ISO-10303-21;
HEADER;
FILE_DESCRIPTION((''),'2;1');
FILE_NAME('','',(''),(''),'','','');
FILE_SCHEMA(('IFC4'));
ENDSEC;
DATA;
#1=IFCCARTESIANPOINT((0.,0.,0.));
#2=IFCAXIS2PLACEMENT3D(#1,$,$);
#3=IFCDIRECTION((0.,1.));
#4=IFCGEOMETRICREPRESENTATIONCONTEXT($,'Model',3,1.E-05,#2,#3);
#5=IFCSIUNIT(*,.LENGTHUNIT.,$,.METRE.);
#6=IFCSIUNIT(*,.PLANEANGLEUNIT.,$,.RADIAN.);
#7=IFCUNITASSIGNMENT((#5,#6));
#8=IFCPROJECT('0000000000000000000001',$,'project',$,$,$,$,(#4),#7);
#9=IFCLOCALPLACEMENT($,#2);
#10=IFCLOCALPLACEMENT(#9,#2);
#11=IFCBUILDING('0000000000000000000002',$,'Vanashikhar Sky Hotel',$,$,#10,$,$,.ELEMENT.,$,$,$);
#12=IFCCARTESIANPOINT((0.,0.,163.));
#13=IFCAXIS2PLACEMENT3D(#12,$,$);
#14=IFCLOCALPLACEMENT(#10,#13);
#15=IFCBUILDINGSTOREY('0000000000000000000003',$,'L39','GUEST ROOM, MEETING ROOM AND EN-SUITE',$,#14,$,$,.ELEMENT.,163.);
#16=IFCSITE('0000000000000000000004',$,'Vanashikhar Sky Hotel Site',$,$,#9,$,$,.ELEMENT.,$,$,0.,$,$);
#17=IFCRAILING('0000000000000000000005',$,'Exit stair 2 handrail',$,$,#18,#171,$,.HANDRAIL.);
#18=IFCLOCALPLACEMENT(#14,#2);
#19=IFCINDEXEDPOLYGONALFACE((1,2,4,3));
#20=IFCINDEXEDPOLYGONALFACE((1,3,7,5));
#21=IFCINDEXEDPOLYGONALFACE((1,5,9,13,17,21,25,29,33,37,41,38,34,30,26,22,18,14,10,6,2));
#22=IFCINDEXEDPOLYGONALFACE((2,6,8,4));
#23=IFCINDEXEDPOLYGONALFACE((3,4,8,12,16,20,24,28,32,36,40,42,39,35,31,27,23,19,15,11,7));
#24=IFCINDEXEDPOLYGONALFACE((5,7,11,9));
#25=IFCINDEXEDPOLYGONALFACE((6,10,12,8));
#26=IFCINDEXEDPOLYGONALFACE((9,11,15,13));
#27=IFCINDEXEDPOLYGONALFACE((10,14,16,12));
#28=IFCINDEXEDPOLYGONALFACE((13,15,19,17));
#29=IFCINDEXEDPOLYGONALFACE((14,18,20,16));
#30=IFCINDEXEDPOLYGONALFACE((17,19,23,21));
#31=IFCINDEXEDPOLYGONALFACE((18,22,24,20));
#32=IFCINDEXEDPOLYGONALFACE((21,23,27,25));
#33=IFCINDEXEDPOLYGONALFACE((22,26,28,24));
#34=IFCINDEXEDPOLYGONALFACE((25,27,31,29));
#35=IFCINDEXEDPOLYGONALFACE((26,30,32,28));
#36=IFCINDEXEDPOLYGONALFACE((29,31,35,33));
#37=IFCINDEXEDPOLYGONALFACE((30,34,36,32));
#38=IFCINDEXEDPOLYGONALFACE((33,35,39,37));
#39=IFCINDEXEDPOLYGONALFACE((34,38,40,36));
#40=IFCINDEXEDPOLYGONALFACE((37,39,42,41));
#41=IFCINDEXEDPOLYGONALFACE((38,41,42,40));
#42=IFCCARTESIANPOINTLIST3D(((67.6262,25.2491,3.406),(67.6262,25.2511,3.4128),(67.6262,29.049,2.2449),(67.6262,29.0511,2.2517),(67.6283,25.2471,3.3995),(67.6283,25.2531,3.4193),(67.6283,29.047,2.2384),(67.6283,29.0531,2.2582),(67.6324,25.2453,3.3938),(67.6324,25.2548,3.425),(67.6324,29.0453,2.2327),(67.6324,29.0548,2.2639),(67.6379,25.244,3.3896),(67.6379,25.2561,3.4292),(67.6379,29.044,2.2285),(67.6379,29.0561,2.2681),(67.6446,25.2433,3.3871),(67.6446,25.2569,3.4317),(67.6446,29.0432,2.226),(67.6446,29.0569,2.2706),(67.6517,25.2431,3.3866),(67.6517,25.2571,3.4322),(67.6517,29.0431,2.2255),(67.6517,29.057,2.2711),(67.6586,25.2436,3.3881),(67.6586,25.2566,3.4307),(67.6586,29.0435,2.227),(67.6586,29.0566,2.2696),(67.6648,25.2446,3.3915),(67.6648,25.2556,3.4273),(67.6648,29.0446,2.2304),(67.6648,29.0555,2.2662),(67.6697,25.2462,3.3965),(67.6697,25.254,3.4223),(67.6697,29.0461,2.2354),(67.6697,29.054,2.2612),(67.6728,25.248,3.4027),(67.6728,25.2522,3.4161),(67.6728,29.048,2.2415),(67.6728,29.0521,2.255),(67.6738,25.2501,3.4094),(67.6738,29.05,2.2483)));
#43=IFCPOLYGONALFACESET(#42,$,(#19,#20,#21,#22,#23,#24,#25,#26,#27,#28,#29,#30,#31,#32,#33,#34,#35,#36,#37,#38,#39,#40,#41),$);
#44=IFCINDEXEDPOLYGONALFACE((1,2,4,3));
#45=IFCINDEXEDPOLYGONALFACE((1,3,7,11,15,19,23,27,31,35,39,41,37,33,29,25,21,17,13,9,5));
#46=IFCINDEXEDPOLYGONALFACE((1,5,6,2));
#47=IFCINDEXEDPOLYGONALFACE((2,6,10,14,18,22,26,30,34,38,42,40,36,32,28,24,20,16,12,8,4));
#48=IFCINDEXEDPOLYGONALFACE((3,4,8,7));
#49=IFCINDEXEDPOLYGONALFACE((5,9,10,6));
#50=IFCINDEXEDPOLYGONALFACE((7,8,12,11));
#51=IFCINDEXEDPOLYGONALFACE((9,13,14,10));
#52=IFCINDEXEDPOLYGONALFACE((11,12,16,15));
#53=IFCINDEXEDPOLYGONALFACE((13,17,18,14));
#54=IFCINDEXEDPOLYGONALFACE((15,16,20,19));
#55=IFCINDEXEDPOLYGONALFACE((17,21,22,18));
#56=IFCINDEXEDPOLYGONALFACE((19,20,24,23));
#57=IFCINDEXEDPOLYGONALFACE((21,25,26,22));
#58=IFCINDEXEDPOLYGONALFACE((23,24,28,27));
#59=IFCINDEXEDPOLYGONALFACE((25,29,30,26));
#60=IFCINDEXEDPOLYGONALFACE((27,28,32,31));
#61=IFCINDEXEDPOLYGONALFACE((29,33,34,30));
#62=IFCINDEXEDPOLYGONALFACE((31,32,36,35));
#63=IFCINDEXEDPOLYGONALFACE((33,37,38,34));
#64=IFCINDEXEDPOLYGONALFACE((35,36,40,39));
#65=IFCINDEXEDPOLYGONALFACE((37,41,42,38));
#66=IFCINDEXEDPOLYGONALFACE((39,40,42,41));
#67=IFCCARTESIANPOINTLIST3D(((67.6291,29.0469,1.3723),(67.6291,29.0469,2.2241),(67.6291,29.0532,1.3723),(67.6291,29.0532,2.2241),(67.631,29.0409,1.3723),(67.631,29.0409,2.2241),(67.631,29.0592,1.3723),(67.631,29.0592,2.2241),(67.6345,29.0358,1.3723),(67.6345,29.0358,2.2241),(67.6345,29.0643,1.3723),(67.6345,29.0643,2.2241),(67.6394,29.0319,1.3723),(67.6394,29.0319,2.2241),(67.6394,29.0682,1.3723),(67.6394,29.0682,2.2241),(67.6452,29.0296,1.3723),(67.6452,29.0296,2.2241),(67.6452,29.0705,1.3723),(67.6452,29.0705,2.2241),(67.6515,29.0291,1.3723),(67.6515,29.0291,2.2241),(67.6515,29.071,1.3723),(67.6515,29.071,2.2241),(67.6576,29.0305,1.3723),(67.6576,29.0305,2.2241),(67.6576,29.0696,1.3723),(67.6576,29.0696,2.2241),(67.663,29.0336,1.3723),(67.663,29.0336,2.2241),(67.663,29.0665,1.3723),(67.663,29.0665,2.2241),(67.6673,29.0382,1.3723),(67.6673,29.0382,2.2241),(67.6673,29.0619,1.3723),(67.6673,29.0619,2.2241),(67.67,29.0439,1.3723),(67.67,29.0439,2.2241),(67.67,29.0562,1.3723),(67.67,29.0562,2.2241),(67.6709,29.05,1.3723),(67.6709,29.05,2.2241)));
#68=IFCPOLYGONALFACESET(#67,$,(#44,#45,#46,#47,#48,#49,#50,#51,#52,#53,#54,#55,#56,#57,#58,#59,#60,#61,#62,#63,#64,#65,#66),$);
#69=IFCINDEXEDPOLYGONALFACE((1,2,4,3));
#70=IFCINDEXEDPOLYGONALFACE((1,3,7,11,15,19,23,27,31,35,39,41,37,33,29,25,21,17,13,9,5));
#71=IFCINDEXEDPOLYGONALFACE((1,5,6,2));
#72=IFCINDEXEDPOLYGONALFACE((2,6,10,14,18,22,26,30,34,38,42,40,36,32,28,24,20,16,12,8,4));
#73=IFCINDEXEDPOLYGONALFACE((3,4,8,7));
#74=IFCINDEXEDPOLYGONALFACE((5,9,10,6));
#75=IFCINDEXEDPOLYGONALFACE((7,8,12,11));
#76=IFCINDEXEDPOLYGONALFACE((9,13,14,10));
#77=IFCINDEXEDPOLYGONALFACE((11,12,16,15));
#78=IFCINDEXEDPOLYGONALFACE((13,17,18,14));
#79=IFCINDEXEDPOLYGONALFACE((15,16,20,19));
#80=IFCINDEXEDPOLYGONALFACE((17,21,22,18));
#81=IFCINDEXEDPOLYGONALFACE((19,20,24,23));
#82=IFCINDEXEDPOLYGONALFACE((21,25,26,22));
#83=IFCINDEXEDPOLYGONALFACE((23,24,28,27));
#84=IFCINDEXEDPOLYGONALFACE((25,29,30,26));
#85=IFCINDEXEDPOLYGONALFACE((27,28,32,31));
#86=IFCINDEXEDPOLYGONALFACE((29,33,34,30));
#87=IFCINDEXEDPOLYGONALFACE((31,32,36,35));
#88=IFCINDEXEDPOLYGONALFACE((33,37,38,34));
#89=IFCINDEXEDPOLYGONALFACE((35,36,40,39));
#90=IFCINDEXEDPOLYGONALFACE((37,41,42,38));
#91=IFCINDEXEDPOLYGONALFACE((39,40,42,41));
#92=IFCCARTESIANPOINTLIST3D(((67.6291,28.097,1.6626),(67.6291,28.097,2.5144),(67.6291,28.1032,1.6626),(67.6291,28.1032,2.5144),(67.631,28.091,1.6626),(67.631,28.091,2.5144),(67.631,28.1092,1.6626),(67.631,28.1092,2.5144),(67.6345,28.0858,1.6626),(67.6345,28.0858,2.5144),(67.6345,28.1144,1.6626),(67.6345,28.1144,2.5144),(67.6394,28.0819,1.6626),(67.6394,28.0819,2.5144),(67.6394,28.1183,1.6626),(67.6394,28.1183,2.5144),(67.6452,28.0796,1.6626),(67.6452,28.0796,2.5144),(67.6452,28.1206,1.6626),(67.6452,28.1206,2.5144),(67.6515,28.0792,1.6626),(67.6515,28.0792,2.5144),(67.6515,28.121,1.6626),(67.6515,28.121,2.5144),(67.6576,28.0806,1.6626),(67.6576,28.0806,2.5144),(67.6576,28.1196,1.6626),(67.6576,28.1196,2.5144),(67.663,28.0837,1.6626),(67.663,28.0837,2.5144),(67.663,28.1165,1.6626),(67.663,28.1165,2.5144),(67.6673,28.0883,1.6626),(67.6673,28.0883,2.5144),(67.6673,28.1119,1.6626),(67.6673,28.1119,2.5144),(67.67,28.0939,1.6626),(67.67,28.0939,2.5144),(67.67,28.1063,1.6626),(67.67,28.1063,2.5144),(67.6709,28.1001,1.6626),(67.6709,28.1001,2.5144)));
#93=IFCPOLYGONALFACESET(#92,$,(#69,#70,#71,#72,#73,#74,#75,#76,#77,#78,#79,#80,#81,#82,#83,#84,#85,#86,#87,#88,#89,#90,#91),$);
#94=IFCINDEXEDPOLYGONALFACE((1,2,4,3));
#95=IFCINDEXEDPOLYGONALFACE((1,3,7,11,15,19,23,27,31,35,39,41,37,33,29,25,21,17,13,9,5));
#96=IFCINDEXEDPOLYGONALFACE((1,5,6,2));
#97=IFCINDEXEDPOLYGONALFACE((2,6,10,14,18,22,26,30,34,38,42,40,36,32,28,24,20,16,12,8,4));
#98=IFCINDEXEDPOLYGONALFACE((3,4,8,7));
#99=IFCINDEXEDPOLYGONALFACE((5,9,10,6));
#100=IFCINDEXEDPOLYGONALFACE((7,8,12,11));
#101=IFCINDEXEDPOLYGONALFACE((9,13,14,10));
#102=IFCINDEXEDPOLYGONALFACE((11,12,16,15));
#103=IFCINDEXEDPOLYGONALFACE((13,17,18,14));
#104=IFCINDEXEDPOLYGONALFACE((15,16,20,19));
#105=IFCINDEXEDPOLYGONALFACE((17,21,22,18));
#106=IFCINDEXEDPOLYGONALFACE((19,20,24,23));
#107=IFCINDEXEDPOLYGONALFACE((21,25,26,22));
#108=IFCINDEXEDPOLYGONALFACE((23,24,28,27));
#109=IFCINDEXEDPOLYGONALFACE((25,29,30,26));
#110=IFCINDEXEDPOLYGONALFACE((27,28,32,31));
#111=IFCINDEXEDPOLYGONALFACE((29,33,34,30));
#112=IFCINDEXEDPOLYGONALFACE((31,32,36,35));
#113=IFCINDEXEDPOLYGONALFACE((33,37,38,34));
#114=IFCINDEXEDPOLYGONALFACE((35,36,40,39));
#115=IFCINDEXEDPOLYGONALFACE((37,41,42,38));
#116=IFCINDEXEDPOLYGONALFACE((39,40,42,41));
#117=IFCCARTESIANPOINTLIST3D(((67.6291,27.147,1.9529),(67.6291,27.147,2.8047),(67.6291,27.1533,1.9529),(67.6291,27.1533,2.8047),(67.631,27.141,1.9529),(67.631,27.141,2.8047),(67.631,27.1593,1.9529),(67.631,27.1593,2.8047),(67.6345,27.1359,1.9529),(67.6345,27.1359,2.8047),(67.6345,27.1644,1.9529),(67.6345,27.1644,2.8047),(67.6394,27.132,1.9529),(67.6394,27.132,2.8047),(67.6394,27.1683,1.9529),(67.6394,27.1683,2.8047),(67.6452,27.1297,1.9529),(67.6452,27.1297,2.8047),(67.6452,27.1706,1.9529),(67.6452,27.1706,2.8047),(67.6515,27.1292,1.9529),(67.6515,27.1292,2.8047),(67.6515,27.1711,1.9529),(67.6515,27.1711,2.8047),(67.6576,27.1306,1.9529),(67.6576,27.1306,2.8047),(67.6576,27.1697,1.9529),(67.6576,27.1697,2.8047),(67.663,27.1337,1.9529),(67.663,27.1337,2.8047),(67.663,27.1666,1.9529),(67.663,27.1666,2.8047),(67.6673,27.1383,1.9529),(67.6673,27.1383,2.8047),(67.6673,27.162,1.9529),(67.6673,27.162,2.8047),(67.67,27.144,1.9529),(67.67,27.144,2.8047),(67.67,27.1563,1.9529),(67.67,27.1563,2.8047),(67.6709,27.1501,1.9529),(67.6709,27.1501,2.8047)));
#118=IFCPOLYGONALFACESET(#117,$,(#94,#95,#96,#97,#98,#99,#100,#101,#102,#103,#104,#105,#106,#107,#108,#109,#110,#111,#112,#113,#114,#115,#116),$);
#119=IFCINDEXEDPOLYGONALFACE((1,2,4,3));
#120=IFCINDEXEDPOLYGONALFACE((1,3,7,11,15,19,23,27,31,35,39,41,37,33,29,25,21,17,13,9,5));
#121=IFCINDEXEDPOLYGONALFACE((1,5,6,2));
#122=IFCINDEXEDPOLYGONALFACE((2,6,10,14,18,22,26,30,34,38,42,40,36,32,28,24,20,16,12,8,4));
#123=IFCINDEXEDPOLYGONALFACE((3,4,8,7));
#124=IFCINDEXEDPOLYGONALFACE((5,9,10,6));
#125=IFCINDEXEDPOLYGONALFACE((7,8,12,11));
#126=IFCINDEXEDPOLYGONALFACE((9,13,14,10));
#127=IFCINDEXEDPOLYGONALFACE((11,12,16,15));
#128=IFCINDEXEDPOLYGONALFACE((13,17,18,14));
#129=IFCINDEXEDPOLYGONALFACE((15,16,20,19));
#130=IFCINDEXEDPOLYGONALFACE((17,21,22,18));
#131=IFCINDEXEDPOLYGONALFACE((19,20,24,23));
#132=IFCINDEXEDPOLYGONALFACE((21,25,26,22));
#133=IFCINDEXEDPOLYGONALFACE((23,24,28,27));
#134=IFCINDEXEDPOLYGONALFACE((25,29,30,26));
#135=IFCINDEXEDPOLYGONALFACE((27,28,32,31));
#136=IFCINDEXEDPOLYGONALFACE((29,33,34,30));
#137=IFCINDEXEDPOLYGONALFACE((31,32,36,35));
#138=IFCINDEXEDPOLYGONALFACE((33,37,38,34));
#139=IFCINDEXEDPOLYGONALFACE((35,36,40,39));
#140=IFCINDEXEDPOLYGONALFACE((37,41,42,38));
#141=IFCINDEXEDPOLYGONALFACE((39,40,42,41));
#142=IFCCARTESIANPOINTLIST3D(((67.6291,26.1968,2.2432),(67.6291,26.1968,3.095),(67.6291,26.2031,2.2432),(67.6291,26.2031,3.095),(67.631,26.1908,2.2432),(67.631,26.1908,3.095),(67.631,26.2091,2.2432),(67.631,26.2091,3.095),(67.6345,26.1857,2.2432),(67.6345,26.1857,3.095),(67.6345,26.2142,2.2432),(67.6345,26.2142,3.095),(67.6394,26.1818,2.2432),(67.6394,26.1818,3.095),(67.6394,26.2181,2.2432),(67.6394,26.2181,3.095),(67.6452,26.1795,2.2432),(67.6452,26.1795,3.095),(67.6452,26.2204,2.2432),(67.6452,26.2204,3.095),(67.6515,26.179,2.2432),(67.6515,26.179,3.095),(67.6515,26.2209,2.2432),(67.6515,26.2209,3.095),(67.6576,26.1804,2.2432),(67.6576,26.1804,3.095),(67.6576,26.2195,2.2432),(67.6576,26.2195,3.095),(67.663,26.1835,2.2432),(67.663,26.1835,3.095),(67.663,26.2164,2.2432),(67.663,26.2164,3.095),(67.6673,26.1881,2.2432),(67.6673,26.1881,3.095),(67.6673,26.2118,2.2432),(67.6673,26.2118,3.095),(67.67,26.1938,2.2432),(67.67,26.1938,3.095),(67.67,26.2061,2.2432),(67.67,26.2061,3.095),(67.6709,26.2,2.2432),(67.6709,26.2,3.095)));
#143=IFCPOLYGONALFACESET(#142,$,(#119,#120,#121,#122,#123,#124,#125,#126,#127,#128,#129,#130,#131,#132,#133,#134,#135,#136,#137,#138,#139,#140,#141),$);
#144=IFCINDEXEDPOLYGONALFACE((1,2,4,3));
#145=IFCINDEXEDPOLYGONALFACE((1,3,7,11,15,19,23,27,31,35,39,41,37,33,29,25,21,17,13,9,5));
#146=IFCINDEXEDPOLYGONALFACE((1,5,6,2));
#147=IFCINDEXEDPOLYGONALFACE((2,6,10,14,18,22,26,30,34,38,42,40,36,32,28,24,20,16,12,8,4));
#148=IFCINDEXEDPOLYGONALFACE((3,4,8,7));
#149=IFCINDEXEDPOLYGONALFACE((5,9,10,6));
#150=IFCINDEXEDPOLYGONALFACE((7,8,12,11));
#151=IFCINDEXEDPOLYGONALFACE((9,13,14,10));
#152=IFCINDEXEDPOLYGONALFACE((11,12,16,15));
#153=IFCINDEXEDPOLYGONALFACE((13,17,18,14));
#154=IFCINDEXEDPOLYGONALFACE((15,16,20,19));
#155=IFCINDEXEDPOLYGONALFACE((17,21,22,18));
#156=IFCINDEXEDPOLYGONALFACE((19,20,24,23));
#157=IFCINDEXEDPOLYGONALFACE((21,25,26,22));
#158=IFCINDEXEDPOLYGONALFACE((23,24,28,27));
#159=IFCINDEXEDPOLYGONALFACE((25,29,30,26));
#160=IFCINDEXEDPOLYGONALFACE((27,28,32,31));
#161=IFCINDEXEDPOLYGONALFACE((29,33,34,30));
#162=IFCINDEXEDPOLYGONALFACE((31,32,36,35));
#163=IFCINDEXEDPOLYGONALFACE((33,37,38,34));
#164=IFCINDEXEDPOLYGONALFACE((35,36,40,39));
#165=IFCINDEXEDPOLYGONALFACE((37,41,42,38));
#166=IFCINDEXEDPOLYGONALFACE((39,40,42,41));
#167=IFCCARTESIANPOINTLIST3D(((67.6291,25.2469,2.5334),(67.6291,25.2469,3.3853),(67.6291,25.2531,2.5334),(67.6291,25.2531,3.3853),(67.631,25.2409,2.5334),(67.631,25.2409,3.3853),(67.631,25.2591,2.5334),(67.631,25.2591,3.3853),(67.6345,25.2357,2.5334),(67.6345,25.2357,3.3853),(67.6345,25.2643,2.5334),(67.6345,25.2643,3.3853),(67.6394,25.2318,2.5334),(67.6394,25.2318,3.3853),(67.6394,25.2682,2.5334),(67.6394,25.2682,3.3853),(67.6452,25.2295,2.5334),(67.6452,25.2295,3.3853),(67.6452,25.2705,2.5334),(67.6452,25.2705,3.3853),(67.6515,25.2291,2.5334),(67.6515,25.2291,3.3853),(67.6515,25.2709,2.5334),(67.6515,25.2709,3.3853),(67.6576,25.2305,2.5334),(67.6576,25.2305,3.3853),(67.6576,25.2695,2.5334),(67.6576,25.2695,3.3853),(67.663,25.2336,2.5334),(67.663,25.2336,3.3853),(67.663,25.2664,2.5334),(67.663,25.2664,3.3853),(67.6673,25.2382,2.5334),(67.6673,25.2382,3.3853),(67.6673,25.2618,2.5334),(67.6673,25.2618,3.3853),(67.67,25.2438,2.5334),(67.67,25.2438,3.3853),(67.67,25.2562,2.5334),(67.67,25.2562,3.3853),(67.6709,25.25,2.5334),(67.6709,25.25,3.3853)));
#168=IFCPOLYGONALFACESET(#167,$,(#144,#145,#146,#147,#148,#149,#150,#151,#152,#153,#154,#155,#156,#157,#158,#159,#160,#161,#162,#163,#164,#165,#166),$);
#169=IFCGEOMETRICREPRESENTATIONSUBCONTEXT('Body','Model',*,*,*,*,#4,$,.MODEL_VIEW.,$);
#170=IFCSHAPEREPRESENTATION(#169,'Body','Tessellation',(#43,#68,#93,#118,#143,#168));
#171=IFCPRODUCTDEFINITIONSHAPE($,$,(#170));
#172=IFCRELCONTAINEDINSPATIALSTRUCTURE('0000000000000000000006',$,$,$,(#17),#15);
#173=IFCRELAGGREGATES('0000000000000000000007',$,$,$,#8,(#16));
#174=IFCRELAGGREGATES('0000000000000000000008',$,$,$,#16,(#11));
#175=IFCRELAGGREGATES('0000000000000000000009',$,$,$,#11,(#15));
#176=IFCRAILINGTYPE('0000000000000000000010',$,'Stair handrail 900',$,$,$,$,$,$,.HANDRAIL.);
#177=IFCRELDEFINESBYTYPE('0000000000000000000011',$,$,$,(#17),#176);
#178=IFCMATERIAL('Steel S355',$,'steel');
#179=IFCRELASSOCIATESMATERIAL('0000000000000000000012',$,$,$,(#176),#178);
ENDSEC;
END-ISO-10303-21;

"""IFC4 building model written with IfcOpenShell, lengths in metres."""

from ifc_helpers import new_model, si_unit, direction, frame, origin, origin_2d, place, context, subcontext, project, spatial, circle, extrude, source, transform, mapped, material, type_object, element, save


model = new_model("IFC4")

# Units and contexts
model_context = context("Model", 3, precision=1e-05, world=origin(), true_north=direction((0.0, 1.0)))
body_context = subcontext(model_context, "Body", "Model", "MODEL_VIEW")
ifc_project = project(units=[si_unit("LENGTHUNIT", "METRE"), si_unit("PLANEANGLEUNIT", "RADIAN")], contexts=[model_context])

# Site, building, storey
site_placement = place(None, origin())
site = spatial("IfcSite", under=ifc_project, at=site_placement, Name="Vanashikhar Sky Hotel Site", CompositionType="ELEMENT", RefElevation=0.0)
building_placement = place(site_placement, origin())
building = spatial("IfcBuilding", under=site, at=building_placement, Name="Vanashikhar Sky Hotel", CompositionType="ELEMENT")
storey_placement = place(building_placement, frame((0.0, 0.0, 163.0)))
storey = spatial("IfcBuildingStorey", under=building, at=storey_placement, Name="L39", Description="GUEST ROOM, MEETING ROOM AND EN-SUITE", CompositionType="ELEMENT", Elevation=163.0)

# Railing
ifc_material_1 = material(Name="Steel S355", Category="steel")
railing_type_1 = type_object("IfcRailingType", Name="Stair handrail 900", PredefinedType="HANDRAIL", material=ifc_material_1)
shared_shape_1 = source(origin(), body_context, "Body", "SweptSolid", [
    extrude(circle(Radius=0.0239, at=origin_2d()), frame((0.0, 0.0, 0.876), z_axis=(0.0, -0.956351, 0.29222), x_axis=(1.0, 0.0, 0.0)), (0.0, 0.0, 1.0), 3.9734),
    extrude(circle(Radius=0.021, at=origin_2d()), origin(), (0.0, 0.0, 1.0), 0.8518),
    extrude(circle(Radius=0.021, at=origin_2d()), frame((0.0, -0.95, 0.2903)), (0.0, 0.0, 1.0), 0.8518),
    extrude(circle(Radius=0.021, at=origin_2d()), frame((0.0, -1.8999, 0.5806)), (0.0, 0.0, 1.0), 0.8518),
    extrude(circle(Radius=0.021, at=origin_2d()), frame((0.0, -2.8501, 0.8708)), (0.0, 0.0, 1.0), 0.8518),
    extrude(circle(Radius=0.021, at=origin_2d()), frame((0.0, -3.8, 1.1611)), (0.0, 0.0, 1.0), 0.8518),
])
railing_1_placement = place(storey_placement, frame((67.6499, 29.05, 1.3723)))
element("IfcRailing", 1, at=railing_1_placement, inside=storey, type_object=railing_type_1, Name="Exit stair 2 handrail", PredefinedType="HANDRAIL", context=body_context, shape_type="MappedRepresentation", body=[
    mapped(shared_shape_1, transform((0.0, 0.0, 0.0), scale=1.0)),
])

save(model, "model.ifc")
